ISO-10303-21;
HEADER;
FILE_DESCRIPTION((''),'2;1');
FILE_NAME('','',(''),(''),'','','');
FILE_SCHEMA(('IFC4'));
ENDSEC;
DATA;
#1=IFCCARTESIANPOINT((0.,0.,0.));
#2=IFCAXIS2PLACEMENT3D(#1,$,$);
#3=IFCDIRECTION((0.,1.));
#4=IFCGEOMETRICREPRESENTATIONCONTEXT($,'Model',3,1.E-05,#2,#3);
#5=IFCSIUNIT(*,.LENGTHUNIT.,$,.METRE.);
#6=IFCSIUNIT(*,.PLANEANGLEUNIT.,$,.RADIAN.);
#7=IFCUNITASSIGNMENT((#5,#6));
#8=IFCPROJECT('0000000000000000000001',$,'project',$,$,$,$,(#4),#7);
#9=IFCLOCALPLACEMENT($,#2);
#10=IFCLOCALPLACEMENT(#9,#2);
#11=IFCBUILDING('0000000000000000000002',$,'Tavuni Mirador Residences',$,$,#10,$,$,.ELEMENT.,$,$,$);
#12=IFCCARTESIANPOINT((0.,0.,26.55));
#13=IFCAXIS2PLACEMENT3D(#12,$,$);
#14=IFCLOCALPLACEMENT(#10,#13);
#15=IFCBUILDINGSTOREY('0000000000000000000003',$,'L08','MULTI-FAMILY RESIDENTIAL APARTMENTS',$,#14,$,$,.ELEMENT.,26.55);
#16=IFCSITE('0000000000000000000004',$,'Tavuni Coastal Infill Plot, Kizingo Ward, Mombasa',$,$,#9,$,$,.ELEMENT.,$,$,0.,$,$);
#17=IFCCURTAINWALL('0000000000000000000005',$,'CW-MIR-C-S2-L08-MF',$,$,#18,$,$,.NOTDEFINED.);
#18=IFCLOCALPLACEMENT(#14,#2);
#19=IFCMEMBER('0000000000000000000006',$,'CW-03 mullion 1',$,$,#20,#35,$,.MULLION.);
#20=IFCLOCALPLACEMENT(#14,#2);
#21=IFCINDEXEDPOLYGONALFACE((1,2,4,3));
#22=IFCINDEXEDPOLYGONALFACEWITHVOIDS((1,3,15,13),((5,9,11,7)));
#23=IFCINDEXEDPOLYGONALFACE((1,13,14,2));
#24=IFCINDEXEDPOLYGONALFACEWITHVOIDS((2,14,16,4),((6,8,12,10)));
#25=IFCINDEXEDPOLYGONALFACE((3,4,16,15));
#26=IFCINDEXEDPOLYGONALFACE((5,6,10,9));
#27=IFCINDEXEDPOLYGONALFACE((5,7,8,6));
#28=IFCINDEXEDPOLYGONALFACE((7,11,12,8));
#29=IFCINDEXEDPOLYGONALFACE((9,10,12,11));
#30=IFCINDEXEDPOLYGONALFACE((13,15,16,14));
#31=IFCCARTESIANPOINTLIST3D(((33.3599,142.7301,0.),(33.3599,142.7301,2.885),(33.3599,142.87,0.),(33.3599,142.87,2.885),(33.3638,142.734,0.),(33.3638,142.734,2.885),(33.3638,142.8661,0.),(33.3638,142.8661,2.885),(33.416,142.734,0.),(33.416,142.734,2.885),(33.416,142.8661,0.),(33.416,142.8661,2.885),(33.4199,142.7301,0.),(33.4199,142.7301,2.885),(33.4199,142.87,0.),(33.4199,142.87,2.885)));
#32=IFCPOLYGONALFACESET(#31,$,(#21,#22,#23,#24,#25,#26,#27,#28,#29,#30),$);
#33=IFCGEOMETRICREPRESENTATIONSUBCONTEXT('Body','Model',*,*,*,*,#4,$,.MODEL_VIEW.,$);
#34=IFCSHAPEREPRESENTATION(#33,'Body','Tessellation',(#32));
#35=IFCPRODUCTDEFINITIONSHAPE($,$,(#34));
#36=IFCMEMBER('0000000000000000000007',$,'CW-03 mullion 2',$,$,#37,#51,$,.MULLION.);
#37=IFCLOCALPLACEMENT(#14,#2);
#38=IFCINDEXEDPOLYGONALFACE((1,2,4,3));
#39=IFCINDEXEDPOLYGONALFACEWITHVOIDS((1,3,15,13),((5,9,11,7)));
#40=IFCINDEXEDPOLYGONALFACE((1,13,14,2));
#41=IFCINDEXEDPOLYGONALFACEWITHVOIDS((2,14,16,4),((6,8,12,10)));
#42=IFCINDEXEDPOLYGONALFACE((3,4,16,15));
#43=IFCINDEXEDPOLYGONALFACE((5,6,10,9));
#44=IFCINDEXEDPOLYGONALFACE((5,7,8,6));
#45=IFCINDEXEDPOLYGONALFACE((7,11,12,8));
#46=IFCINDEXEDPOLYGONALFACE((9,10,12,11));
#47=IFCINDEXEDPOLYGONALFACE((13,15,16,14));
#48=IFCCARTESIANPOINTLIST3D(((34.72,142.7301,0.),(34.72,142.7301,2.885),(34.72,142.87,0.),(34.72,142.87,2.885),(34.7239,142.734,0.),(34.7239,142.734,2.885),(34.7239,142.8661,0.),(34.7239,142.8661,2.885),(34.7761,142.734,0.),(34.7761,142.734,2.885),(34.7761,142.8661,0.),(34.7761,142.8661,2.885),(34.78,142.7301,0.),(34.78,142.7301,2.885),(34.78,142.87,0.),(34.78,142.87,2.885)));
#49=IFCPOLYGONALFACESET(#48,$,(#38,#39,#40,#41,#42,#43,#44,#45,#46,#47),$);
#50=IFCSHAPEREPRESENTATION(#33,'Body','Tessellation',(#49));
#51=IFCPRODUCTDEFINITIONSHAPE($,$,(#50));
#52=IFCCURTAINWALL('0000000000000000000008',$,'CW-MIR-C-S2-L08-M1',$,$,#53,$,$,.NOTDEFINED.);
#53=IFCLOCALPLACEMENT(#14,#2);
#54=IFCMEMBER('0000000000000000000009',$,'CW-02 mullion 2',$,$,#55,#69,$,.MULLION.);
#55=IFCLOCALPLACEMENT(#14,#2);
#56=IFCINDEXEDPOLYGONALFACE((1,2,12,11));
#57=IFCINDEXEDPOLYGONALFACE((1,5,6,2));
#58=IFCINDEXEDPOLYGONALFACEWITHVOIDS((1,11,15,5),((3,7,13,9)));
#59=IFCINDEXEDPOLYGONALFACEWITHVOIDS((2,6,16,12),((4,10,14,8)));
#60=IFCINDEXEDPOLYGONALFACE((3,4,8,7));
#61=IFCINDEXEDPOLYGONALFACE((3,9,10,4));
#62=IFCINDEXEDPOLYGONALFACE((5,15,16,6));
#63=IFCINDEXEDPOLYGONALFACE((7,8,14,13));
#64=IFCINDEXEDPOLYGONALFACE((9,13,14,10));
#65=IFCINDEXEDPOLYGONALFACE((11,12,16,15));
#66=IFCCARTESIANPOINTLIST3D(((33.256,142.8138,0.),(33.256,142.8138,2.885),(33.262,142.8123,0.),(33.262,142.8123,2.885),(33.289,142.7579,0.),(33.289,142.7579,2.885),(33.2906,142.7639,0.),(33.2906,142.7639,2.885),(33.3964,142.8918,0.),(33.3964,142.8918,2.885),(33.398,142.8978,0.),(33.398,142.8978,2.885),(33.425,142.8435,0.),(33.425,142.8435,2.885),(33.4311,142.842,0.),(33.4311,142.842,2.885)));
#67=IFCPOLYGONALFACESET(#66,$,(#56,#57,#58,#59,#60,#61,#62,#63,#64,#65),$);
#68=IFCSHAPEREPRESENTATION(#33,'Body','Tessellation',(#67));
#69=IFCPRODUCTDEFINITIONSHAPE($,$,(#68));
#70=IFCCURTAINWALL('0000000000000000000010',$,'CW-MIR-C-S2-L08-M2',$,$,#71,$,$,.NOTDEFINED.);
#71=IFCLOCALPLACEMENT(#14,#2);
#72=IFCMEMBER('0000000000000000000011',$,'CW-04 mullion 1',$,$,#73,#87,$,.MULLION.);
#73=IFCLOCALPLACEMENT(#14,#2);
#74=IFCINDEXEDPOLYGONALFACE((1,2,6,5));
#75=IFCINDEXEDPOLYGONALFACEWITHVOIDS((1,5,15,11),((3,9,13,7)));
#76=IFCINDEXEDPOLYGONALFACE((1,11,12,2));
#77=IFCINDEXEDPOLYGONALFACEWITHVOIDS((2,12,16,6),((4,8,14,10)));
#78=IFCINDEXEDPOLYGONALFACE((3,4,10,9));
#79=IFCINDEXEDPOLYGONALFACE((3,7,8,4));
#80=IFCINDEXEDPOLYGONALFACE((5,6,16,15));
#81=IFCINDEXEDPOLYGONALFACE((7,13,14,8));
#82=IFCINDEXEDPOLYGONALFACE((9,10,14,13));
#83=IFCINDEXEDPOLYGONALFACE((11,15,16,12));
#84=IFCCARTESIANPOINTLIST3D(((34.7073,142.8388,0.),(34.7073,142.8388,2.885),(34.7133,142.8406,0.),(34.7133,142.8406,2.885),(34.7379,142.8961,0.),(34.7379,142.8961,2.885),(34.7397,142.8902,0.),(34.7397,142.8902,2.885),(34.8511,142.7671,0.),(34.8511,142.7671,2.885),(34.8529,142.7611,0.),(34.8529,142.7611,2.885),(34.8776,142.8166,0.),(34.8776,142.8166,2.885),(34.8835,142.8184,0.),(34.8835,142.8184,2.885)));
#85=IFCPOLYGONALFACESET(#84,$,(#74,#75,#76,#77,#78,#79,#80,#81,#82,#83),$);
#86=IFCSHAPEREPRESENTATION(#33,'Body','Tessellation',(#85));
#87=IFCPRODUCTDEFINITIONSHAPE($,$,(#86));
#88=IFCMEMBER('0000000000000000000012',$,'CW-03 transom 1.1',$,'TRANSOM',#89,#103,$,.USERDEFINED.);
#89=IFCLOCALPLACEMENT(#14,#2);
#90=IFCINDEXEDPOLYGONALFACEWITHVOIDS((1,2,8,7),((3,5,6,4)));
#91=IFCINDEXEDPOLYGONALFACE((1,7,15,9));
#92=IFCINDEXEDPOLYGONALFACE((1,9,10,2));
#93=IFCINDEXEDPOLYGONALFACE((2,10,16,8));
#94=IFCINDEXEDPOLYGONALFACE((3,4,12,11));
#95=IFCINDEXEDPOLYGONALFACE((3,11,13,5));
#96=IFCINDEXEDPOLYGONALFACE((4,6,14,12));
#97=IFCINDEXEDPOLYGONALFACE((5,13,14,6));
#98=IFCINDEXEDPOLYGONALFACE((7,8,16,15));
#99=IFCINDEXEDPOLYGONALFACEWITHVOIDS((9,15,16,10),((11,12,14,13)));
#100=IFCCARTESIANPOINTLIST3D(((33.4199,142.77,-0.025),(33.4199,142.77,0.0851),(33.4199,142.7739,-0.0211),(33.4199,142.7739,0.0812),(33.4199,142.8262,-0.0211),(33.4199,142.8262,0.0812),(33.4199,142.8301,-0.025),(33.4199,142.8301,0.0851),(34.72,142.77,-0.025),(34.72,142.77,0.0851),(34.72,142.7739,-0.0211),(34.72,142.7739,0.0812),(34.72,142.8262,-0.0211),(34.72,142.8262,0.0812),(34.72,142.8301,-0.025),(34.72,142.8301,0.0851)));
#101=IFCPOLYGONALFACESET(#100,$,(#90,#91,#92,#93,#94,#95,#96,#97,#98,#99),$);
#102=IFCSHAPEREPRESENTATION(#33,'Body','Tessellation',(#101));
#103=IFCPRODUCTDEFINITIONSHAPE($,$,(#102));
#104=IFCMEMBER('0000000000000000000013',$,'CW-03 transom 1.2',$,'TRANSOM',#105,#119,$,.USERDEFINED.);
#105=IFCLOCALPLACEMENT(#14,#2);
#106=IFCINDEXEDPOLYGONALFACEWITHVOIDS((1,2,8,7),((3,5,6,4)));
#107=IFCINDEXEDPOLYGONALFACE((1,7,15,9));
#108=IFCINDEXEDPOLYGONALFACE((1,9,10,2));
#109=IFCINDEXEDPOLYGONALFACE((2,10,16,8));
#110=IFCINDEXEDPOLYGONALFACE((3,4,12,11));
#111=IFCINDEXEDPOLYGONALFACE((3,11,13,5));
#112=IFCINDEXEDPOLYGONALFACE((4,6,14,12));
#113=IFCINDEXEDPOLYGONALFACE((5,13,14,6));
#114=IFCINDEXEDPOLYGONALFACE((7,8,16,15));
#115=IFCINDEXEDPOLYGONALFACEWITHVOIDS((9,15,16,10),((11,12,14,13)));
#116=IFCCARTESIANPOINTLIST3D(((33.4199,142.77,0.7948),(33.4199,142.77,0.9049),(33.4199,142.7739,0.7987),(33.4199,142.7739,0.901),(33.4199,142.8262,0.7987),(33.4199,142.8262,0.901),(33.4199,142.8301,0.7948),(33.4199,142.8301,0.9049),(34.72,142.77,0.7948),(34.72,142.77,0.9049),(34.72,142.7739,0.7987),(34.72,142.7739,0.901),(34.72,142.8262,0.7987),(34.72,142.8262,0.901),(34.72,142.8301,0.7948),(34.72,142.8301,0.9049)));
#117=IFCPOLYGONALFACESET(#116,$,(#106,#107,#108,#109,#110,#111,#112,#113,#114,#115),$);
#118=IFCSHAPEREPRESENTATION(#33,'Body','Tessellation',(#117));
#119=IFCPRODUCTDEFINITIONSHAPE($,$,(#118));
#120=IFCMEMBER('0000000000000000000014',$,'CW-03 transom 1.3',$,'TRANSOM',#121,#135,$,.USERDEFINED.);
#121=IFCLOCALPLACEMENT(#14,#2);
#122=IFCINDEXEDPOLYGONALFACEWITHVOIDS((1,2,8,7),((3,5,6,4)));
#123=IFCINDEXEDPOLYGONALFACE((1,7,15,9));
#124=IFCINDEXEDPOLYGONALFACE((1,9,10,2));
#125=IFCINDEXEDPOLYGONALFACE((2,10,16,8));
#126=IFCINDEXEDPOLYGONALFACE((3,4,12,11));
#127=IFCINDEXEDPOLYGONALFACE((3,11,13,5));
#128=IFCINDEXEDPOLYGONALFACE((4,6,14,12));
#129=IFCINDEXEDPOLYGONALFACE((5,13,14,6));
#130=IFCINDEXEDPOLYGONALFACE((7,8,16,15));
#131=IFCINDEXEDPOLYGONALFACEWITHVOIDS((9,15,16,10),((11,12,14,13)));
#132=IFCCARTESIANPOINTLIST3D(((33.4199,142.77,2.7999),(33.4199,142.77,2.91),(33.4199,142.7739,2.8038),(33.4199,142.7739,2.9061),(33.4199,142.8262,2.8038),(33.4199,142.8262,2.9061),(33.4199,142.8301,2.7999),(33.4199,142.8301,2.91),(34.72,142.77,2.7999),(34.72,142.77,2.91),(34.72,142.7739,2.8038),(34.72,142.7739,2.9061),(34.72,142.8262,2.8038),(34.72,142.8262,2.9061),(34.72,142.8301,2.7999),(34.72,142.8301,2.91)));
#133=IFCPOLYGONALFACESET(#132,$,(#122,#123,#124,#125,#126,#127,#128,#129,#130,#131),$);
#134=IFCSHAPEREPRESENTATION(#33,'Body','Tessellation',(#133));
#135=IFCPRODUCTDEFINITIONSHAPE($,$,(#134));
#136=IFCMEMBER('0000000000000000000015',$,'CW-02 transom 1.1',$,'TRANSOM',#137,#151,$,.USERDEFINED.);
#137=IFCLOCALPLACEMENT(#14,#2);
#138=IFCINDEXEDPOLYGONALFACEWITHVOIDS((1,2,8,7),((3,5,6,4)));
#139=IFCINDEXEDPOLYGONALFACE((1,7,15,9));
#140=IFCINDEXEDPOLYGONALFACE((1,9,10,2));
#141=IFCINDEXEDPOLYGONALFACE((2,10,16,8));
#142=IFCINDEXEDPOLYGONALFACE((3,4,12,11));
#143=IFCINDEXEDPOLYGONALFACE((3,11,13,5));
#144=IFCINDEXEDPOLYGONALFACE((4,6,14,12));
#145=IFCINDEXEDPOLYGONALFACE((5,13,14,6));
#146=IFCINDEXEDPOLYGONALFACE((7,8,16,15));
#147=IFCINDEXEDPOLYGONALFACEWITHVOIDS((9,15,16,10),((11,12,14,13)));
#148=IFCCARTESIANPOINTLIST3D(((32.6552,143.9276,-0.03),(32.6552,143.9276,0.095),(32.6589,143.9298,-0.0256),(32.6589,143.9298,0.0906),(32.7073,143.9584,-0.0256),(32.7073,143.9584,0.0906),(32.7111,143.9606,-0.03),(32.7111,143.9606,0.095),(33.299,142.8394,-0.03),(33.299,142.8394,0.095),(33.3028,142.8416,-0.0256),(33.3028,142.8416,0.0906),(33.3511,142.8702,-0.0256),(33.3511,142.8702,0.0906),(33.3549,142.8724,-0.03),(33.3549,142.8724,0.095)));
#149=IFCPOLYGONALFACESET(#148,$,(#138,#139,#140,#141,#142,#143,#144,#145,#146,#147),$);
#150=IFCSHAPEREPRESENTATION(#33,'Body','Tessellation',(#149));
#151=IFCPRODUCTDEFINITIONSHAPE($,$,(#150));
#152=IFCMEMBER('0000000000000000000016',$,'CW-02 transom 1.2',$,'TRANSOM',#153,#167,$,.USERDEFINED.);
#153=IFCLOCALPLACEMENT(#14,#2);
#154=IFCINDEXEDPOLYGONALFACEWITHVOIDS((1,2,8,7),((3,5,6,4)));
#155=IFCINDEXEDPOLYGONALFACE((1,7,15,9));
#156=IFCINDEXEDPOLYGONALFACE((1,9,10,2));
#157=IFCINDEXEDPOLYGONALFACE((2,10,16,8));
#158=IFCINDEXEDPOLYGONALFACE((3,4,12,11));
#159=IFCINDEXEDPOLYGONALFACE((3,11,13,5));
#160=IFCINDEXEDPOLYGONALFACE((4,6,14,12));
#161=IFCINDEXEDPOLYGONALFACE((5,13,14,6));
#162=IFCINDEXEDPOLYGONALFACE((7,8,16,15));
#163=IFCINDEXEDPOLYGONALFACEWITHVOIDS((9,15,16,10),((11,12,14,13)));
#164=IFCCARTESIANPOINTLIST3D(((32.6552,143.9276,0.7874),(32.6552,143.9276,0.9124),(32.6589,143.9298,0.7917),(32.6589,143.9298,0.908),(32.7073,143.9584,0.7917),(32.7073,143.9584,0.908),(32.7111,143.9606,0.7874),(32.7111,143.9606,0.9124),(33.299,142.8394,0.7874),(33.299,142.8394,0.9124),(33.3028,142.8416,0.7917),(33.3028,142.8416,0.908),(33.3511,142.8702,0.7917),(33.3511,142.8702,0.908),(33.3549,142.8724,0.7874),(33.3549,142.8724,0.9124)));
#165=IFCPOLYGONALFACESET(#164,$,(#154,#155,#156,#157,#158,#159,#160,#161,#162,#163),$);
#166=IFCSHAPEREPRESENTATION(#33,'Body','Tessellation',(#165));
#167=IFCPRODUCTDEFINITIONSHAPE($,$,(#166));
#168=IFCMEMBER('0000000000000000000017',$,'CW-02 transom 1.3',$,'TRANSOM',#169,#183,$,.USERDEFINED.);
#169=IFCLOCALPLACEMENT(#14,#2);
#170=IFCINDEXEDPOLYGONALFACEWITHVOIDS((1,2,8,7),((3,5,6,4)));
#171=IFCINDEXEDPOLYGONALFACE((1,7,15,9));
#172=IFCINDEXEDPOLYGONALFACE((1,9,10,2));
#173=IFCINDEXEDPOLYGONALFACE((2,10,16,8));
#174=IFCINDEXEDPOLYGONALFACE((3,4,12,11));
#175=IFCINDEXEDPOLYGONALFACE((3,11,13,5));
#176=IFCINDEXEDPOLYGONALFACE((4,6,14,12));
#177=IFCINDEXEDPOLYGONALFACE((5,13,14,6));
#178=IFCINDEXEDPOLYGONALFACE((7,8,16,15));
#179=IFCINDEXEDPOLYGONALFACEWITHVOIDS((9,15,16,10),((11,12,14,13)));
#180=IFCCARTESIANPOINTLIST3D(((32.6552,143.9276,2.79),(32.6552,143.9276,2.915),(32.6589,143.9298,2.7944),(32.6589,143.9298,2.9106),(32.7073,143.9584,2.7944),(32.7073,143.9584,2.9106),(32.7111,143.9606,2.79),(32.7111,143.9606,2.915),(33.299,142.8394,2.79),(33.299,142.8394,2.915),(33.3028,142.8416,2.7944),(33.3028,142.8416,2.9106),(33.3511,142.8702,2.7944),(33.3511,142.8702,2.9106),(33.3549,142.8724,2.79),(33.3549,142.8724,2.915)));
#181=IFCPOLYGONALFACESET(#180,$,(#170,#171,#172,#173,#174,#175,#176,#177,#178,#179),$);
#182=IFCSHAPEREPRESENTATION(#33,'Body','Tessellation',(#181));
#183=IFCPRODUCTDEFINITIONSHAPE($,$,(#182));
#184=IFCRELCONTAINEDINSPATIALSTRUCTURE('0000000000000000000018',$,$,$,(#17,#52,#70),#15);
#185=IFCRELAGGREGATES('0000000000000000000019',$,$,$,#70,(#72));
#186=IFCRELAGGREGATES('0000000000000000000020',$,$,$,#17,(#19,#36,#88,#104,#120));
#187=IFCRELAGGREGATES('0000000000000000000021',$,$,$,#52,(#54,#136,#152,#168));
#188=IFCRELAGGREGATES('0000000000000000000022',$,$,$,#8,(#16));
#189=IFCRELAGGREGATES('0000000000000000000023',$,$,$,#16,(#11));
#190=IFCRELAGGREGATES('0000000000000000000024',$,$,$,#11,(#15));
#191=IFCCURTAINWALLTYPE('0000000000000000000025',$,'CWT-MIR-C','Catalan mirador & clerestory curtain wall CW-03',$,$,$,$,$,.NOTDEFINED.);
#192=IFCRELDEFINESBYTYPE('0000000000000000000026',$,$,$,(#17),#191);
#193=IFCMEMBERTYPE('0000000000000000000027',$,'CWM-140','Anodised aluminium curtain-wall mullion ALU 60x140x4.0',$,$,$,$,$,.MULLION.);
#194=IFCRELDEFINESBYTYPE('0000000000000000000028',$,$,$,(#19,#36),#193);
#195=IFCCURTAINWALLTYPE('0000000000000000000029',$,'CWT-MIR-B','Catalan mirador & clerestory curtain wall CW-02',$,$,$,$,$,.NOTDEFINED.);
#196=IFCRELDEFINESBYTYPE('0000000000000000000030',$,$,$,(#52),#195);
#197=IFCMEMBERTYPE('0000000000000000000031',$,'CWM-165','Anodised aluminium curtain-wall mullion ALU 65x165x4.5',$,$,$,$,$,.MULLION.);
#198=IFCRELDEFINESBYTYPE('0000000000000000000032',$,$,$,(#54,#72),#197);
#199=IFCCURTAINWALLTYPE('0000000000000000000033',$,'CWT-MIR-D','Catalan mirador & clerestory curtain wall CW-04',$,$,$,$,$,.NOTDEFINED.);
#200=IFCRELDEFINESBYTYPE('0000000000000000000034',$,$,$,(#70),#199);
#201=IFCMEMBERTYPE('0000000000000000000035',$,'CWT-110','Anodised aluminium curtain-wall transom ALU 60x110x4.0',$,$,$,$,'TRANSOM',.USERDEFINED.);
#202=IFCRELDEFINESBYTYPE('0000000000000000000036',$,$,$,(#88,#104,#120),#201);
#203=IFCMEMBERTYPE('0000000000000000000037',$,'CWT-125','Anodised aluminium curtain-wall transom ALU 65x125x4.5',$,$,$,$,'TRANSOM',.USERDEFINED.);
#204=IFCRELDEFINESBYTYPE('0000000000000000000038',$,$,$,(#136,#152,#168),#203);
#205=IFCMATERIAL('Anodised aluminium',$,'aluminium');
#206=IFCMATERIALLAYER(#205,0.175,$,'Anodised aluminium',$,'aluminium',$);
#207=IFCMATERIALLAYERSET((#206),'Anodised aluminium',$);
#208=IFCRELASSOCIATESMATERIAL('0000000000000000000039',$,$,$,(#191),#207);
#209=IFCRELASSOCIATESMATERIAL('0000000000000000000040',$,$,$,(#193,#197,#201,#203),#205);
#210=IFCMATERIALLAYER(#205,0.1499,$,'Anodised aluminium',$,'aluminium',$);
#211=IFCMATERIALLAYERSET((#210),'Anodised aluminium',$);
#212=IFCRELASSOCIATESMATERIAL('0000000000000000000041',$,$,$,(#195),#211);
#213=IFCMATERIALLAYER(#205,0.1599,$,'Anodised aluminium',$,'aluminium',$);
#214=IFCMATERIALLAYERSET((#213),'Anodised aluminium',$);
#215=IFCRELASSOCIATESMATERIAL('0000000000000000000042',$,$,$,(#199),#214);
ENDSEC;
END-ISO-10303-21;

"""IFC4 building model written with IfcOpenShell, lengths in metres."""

from ifc_helpers import new_model, si_unit, direction, frame, origin, origin_2d, place, context, subcontext, project, spatial, hollow_rectangle, extrude, material, layer, layer_set, material_profile, profile_set, type_object, element, aggregate, save


model = new_model("IFC4")

# Units and contexts
model_context = context("Model", 3, precision=1e-05, world=origin(), true_north=direction((0.0, 1.0)))
body_context = subcontext(model_context, "Body", "Model", "MODEL_VIEW")
ifc_project = project(units=[si_unit("LENGTHUNIT", "METRE"), si_unit("PLANEANGLEUNIT", "RADIAN")], contexts=[model_context])

# Site, building, storey
site_placement = place(None, origin())
site = spatial("IfcSite", under=ifc_project, at=site_placement, Name="Tavuni Coastal Infill Plot, Kizingo Ward, Mombasa", CompositionType="ELEMENT", RefElevation=0.0)
building_placement = place(site_placement, origin())
building = spatial("IfcBuilding", under=site, at=building_placement, Name="Tavuni Mirador Residences", CompositionType="ELEMENT")
storey_placement = place(building_placement, frame((0.0, 0.0, 26.55)))
storey = spatial("IfcBuildingStorey", under=building, at=storey_placement, Name="L08", Description="MULTI-FAMILY RESIDENTIAL APARTMENTS", CompositionType="ELEMENT", Elevation=26.55)

# Curtain wall, members
ifc_material_1 = material(Name="Anodised aluminium", Category="aluminium")
ifc_layer_1 = layer(ifc_material_1, 0.175, Name="Anodised aluminium", Category="aluminium")
ifc_layer_set_1 = layer_set([ifc_layer_1], Name="Anodised aluminium")
curtain_wall_type_1 = type_object("IfcCurtainWallType", Name="CWT-MIR-C", Description="Catalan mirador & clerestory curtain wall CW-03", PredefinedType="NOTDEFINED", material=ifc_layer_set_1)
curtain_wall_1_placement = place(storey_placement, origin())
curtain_wall_1 = element("IfcCurtainWall", 1, at=curtain_wall_1_placement, inside=storey, type_object=curtain_wall_type_1, Name="CW-MIR-C-S2-L08-MF", PredefinedType="NOTDEFINED")
ifc_material_profile_1 = material_profile(ifc_material_1, hollow_rectangle(XDim=0.0601, YDim=0.1399, WallThickness=0.0039, at=origin_2d()), Name="ALU 60x140x4.0", Category="aluminium")
ifc_profile_set_1 = profile_set([ifc_material_profile_1], Name="Anodised aluminium")
member_type_1 = type_object("IfcMemberType", Name="CWM-140", Description="Anodised aluminium curtain-wall mullion ALU 60x140x4.0", PredefinedType="MULLION", material=ifc_profile_set_1)
member_1_placement = place(storey_placement, frame((33.3899, 142.8, 0.0), z_axis=(0.0, 0.0, 1.0), x_axis=(1.0, 0.0, 0.0)))
member_1 = element("IfcMember", 2, at=member_1_placement, type_object=member_type_1, Name="CW-03 mullion 1", PredefinedType="MULLION", context=body_context, shape_type="SweptSolid", body=[
    extrude(hollow_rectangle(XDim=0.0601, YDim=0.1399, WallThickness=0.0039, at=origin_2d()), origin(), (0.0, 0.0, 1.0), 2.885),
])
member_2_placement = place(storey_placement, frame((34.75, 142.8, 0.0), z_axis=(0.0, 0.0, 1.0), x_axis=(1.0, 0.0, 0.0)))
member_2 = element("IfcMember", 3, at=member_2_placement, type_object=member_type_1, Name="CW-03 mullion 2", PredefinedType="MULLION", context=body_context, shape_type="SweptSolid", body=[
    extrude(hollow_rectangle(XDim=0.0601, YDim=0.1399, WallThickness=0.0039, at=origin_2d()), origin(), (0.0, 0.0, 1.0), 2.885),
])

# Curtain walls, members
ifc_layer_2 = layer(ifc_material_1, 0.1499, Name="Anodised aluminium", Category="aluminium")
ifc_layer_set_2 = layer_set([ifc_layer_2], Name="Anodised aluminium")
curtain_wall_type_2 = type_object("IfcCurtainWallType", Name="CWT-MIR-B", Description="Catalan mirador & clerestory curtain wall CW-02", PredefinedType="NOTDEFINED", material=ifc_layer_set_2)
curtain_wall_2_placement = place(storey_placement, origin())
curtain_wall_2 = element("IfcCurtainWall", 4, at=curtain_wall_2_placement, inside=storey, type_object=curtain_wall_type_2, Name="CW-MIR-C-S2-L08-M1", PredefinedType="NOTDEFINED")
ifc_material_profile_2 = material_profile(ifc_material_1, hollow_rectangle(XDim=0.0649, YDim=0.165, WallThickness=0.0044, at=origin_2d()), Name="ALU 65x165x4.5", Category="aluminium")
ifc_profile_set_2 = profile_set([ifc_material_profile_2], Name="Anodised aluminium")
member_type_2 = type_object("IfcMemberType", Name="CWM-165", Description="Anodised aluminium curtain-wall mullion ALU 65x165x4.5", PredefinedType="MULLION", material=ifc_profile_set_2)
member_3_placement = place(storey_placement, frame((33.3435, 142.8279, 0.0), z_axis=(0.0, 0.0, 1.0), x_axis=(0.509212, -0.860641, 0.0)))
member_3 = element("IfcMember", 5, at=member_3_placement, type_object=member_type_2, Name="CW-02 mullion 2", PredefinedType="MULLION", context=body_context, shape_type="SweptSolid", body=[
    extrude(hollow_rectangle(XDim=0.0649, YDim=0.165, WallThickness=0.0044, at=origin_2d()), origin(), (0.0, 0.0, 1.0), 2.885),
])
ifc_layer_3 = layer(ifc_material_1, 0.1599, Name="Anodised aluminium", Category="aluminium")
ifc_layer_set_3 = layer_set([ifc_layer_3], Name="Anodised aluminium")
curtain_wall_type_3 = type_object("IfcCurtainWallType", Name="CWT-MIR-D", Description="Catalan mirador & clerestory curtain wall CW-04", PredefinedType="NOTDEFINED", material=ifc_layer_set_3)
curtain_wall_3_placement = place(storey_placement, origin())
curtain_wall_3 = element("IfcCurtainWall", 6, at=curtain_wall_3_placement, inside=storey, type_object=curtain_wall_type_3, Name="CW-MIR-C-S2-L08-M2", PredefinedType="NOTDEFINED")
member_4_placement = place(storey_placement, frame((34.7954, 142.8286, 0.0), z_axis=(0.0, 0.0, 1.0), x_axis=(0.470588, 0.882353, 0.0)))
member_4 = element("IfcMember", 7, at=member_4_placement, type_object=member_type_2, Name="CW-04 mullion 1", PredefinedType="MULLION", context=body_context, shape_type="SweptSolid", body=[
    extrude(hollow_rectangle(XDim=0.0649, YDim=0.165, WallThickness=0.0044, at=origin_2d()), origin(), (0.0, 0.0, 1.0), 2.885),
])
aggregate(curtain_wall_3, [member_4])

# Members
ifc_material_profile_3 = material_profile(ifc_material_1, hollow_rectangle(XDim=0.0601, YDim=0.1101, WallThickness=0.0039, at=origin_2d()), Name="ALU 60x110x4.0", Category="aluminium")
ifc_profile_set_3 = profile_set([ifc_material_profile_3], Name="Anodised aluminium")
member_type_3 = type_object("IfcMemberType", Name="CWT-110", Description="Anodised aluminium curtain-wall transom ALU 60x110x4.0", ElementType="TRANSOM", PredefinedType="USERDEFINED", material=ifc_profile_set_3)
member_5_placement = place(storey_placement, frame((33.4199, 142.8, 0.03), z_axis=(1.0, 0.0, 0.0), x_axis=(0.0, 1.0, 0.0)))
member_5 = element("IfcMember", 8, at=member_5_placement, type_object=member_type_3, Name="CW-03 transom 1.1", ObjectType="TRANSOM", PredefinedType="USERDEFINED", context=body_context, shape_type="SweptSolid", body=[
    extrude(hollow_rectangle(XDim=0.0601, YDim=0.1101, WallThickness=0.0039, at=origin_2d()), origin(), (0.0, 0.0, 1.0), 1.3),
])
member_6_placement = place(storey_placement, frame((33.4199, 142.8, 0.8499), z_axis=(1.0, 0.0, 0.0), x_axis=(0.0, 1.0, 0.0)))
member_6 = element("IfcMember", 9, at=member_6_placement, type_object=member_type_3, Name="CW-03 transom 1.2", ObjectType="TRANSOM", PredefinedType="USERDEFINED", context=body_context, shape_type="SweptSolid", body=[
    extrude(hollow_rectangle(XDim=0.0601, YDim=0.1101, WallThickness=0.0039, at=origin_2d()), origin(), (0.0, 0.0, 1.0), 1.3),
])
member_7_placement = place(storey_placement, frame((33.4199, 142.8, 2.855), z_axis=(1.0, 0.0, 0.0), x_axis=(0.0, 1.0, 0.0)))
member_7 = element("IfcMember", 10, at=member_7_placement, type_object=member_type_3, Name="CW-03 transom 1.3", ObjectType="TRANSOM", PredefinedType="USERDEFINED", context=body_context, shape_type="SweptSolid", body=[
    extrude(hollow_rectangle(XDim=0.0601, YDim=0.1101, WallThickness=0.0039, at=origin_2d()), origin(), (0.0, 0.0, 1.0), 1.3),
])
ifc_material_profile_4 = material_profile(ifc_material_1, hollow_rectangle(XDim=0.0649, YDim=0.125, WallThickness=0.0044, at=origin_2d()), Name="ALU 65x125x4.5", Category="aluminium")
ifc_profile_set_4 = profile_set([ifc_material_profile_4], Name="Anodised aluminium")
member_type_4 = type_object("IfcMemberType", Name="CWT-125", Description="Anodised aluminium curtain-wall transom ALU 65x125x4.5", ElementType="TRANSOM", PredefinedType="USERDEFINED", material=ifc_profile_set_4)
member_8_placement = place(storey_placement, frame((32.6831, 143.9441, 0.0325), z_axis=(0.509204, -0.860646, 0.0), x_axis=(0.860646, 0.509204, 0.0)))
member_8 = element("IfcMember", 11, at=member_8_placement, type_object=member_type_4, Name="CW-02 transom 1.1", ObjectType="TRANSOM", PredefinedType="USERDEFINED", context=body_context, shape_type="SweptSolid", body=[
    extrude(hollow_rectangle(XDim=0.0649, YDim=0.125, WallThickness=0.0044, at=origin_2d()), origin(), (0.0, 0.0, 1.0), 1.2644),
])
member_9_placement = place(storey_placement, frame((32.6831, 143.9441, 0.8499), z_axis=(0.509204, -0.860646, 0.0), x_axis=(0.860646, 0.509204, 0.0)))
member_9 = element("IfcMember", 12, at=member_9_placement, type_object=member_type_4, Name="CW-02 transom 1.2", ObjectType="TRANSOM", PredefinedType="USERDEFINED", context=body_context, shape_type="SweptSolid", body=[
    extrude(hollow_rectangle(XDim=0.0649, YDim=0.125, WallThickness=0.0044, at=origin_2d()), origin(), (0.0, 0.0, 1.0), 1.2644),
])
member_10_placement = place(storey_placement, frame((32.6831, 143.9441, 2.8525), z_axis=(0.509204, -0.860646, 0.0), x_axis=(0.860646, 0.509204, 0.0)))
member_10 = element("IfcMember", 13, at=member_10_placement, type_object=member_type_4, Name="CW-02 transom 1.3", ObjectType="TRANSOM", PredefinedType="USERDEFINED", context=body_context, shape_type="SweptSolid", body=[
    extrude(hollow_rectangle(XDim=0.0649, YDim=0.125, WallThickness=0.0044, at=origin_2d()), origin(), (0.0, 0.0, 1.0), 1.2644),
])

aggregate(curtain_wall_1, [member_1, member_2, member_5, member_6, member_7])
aggregate(curtain_wall_2, [member_3, member_8, member_9, member_10])

save(model, "model.ifc")
